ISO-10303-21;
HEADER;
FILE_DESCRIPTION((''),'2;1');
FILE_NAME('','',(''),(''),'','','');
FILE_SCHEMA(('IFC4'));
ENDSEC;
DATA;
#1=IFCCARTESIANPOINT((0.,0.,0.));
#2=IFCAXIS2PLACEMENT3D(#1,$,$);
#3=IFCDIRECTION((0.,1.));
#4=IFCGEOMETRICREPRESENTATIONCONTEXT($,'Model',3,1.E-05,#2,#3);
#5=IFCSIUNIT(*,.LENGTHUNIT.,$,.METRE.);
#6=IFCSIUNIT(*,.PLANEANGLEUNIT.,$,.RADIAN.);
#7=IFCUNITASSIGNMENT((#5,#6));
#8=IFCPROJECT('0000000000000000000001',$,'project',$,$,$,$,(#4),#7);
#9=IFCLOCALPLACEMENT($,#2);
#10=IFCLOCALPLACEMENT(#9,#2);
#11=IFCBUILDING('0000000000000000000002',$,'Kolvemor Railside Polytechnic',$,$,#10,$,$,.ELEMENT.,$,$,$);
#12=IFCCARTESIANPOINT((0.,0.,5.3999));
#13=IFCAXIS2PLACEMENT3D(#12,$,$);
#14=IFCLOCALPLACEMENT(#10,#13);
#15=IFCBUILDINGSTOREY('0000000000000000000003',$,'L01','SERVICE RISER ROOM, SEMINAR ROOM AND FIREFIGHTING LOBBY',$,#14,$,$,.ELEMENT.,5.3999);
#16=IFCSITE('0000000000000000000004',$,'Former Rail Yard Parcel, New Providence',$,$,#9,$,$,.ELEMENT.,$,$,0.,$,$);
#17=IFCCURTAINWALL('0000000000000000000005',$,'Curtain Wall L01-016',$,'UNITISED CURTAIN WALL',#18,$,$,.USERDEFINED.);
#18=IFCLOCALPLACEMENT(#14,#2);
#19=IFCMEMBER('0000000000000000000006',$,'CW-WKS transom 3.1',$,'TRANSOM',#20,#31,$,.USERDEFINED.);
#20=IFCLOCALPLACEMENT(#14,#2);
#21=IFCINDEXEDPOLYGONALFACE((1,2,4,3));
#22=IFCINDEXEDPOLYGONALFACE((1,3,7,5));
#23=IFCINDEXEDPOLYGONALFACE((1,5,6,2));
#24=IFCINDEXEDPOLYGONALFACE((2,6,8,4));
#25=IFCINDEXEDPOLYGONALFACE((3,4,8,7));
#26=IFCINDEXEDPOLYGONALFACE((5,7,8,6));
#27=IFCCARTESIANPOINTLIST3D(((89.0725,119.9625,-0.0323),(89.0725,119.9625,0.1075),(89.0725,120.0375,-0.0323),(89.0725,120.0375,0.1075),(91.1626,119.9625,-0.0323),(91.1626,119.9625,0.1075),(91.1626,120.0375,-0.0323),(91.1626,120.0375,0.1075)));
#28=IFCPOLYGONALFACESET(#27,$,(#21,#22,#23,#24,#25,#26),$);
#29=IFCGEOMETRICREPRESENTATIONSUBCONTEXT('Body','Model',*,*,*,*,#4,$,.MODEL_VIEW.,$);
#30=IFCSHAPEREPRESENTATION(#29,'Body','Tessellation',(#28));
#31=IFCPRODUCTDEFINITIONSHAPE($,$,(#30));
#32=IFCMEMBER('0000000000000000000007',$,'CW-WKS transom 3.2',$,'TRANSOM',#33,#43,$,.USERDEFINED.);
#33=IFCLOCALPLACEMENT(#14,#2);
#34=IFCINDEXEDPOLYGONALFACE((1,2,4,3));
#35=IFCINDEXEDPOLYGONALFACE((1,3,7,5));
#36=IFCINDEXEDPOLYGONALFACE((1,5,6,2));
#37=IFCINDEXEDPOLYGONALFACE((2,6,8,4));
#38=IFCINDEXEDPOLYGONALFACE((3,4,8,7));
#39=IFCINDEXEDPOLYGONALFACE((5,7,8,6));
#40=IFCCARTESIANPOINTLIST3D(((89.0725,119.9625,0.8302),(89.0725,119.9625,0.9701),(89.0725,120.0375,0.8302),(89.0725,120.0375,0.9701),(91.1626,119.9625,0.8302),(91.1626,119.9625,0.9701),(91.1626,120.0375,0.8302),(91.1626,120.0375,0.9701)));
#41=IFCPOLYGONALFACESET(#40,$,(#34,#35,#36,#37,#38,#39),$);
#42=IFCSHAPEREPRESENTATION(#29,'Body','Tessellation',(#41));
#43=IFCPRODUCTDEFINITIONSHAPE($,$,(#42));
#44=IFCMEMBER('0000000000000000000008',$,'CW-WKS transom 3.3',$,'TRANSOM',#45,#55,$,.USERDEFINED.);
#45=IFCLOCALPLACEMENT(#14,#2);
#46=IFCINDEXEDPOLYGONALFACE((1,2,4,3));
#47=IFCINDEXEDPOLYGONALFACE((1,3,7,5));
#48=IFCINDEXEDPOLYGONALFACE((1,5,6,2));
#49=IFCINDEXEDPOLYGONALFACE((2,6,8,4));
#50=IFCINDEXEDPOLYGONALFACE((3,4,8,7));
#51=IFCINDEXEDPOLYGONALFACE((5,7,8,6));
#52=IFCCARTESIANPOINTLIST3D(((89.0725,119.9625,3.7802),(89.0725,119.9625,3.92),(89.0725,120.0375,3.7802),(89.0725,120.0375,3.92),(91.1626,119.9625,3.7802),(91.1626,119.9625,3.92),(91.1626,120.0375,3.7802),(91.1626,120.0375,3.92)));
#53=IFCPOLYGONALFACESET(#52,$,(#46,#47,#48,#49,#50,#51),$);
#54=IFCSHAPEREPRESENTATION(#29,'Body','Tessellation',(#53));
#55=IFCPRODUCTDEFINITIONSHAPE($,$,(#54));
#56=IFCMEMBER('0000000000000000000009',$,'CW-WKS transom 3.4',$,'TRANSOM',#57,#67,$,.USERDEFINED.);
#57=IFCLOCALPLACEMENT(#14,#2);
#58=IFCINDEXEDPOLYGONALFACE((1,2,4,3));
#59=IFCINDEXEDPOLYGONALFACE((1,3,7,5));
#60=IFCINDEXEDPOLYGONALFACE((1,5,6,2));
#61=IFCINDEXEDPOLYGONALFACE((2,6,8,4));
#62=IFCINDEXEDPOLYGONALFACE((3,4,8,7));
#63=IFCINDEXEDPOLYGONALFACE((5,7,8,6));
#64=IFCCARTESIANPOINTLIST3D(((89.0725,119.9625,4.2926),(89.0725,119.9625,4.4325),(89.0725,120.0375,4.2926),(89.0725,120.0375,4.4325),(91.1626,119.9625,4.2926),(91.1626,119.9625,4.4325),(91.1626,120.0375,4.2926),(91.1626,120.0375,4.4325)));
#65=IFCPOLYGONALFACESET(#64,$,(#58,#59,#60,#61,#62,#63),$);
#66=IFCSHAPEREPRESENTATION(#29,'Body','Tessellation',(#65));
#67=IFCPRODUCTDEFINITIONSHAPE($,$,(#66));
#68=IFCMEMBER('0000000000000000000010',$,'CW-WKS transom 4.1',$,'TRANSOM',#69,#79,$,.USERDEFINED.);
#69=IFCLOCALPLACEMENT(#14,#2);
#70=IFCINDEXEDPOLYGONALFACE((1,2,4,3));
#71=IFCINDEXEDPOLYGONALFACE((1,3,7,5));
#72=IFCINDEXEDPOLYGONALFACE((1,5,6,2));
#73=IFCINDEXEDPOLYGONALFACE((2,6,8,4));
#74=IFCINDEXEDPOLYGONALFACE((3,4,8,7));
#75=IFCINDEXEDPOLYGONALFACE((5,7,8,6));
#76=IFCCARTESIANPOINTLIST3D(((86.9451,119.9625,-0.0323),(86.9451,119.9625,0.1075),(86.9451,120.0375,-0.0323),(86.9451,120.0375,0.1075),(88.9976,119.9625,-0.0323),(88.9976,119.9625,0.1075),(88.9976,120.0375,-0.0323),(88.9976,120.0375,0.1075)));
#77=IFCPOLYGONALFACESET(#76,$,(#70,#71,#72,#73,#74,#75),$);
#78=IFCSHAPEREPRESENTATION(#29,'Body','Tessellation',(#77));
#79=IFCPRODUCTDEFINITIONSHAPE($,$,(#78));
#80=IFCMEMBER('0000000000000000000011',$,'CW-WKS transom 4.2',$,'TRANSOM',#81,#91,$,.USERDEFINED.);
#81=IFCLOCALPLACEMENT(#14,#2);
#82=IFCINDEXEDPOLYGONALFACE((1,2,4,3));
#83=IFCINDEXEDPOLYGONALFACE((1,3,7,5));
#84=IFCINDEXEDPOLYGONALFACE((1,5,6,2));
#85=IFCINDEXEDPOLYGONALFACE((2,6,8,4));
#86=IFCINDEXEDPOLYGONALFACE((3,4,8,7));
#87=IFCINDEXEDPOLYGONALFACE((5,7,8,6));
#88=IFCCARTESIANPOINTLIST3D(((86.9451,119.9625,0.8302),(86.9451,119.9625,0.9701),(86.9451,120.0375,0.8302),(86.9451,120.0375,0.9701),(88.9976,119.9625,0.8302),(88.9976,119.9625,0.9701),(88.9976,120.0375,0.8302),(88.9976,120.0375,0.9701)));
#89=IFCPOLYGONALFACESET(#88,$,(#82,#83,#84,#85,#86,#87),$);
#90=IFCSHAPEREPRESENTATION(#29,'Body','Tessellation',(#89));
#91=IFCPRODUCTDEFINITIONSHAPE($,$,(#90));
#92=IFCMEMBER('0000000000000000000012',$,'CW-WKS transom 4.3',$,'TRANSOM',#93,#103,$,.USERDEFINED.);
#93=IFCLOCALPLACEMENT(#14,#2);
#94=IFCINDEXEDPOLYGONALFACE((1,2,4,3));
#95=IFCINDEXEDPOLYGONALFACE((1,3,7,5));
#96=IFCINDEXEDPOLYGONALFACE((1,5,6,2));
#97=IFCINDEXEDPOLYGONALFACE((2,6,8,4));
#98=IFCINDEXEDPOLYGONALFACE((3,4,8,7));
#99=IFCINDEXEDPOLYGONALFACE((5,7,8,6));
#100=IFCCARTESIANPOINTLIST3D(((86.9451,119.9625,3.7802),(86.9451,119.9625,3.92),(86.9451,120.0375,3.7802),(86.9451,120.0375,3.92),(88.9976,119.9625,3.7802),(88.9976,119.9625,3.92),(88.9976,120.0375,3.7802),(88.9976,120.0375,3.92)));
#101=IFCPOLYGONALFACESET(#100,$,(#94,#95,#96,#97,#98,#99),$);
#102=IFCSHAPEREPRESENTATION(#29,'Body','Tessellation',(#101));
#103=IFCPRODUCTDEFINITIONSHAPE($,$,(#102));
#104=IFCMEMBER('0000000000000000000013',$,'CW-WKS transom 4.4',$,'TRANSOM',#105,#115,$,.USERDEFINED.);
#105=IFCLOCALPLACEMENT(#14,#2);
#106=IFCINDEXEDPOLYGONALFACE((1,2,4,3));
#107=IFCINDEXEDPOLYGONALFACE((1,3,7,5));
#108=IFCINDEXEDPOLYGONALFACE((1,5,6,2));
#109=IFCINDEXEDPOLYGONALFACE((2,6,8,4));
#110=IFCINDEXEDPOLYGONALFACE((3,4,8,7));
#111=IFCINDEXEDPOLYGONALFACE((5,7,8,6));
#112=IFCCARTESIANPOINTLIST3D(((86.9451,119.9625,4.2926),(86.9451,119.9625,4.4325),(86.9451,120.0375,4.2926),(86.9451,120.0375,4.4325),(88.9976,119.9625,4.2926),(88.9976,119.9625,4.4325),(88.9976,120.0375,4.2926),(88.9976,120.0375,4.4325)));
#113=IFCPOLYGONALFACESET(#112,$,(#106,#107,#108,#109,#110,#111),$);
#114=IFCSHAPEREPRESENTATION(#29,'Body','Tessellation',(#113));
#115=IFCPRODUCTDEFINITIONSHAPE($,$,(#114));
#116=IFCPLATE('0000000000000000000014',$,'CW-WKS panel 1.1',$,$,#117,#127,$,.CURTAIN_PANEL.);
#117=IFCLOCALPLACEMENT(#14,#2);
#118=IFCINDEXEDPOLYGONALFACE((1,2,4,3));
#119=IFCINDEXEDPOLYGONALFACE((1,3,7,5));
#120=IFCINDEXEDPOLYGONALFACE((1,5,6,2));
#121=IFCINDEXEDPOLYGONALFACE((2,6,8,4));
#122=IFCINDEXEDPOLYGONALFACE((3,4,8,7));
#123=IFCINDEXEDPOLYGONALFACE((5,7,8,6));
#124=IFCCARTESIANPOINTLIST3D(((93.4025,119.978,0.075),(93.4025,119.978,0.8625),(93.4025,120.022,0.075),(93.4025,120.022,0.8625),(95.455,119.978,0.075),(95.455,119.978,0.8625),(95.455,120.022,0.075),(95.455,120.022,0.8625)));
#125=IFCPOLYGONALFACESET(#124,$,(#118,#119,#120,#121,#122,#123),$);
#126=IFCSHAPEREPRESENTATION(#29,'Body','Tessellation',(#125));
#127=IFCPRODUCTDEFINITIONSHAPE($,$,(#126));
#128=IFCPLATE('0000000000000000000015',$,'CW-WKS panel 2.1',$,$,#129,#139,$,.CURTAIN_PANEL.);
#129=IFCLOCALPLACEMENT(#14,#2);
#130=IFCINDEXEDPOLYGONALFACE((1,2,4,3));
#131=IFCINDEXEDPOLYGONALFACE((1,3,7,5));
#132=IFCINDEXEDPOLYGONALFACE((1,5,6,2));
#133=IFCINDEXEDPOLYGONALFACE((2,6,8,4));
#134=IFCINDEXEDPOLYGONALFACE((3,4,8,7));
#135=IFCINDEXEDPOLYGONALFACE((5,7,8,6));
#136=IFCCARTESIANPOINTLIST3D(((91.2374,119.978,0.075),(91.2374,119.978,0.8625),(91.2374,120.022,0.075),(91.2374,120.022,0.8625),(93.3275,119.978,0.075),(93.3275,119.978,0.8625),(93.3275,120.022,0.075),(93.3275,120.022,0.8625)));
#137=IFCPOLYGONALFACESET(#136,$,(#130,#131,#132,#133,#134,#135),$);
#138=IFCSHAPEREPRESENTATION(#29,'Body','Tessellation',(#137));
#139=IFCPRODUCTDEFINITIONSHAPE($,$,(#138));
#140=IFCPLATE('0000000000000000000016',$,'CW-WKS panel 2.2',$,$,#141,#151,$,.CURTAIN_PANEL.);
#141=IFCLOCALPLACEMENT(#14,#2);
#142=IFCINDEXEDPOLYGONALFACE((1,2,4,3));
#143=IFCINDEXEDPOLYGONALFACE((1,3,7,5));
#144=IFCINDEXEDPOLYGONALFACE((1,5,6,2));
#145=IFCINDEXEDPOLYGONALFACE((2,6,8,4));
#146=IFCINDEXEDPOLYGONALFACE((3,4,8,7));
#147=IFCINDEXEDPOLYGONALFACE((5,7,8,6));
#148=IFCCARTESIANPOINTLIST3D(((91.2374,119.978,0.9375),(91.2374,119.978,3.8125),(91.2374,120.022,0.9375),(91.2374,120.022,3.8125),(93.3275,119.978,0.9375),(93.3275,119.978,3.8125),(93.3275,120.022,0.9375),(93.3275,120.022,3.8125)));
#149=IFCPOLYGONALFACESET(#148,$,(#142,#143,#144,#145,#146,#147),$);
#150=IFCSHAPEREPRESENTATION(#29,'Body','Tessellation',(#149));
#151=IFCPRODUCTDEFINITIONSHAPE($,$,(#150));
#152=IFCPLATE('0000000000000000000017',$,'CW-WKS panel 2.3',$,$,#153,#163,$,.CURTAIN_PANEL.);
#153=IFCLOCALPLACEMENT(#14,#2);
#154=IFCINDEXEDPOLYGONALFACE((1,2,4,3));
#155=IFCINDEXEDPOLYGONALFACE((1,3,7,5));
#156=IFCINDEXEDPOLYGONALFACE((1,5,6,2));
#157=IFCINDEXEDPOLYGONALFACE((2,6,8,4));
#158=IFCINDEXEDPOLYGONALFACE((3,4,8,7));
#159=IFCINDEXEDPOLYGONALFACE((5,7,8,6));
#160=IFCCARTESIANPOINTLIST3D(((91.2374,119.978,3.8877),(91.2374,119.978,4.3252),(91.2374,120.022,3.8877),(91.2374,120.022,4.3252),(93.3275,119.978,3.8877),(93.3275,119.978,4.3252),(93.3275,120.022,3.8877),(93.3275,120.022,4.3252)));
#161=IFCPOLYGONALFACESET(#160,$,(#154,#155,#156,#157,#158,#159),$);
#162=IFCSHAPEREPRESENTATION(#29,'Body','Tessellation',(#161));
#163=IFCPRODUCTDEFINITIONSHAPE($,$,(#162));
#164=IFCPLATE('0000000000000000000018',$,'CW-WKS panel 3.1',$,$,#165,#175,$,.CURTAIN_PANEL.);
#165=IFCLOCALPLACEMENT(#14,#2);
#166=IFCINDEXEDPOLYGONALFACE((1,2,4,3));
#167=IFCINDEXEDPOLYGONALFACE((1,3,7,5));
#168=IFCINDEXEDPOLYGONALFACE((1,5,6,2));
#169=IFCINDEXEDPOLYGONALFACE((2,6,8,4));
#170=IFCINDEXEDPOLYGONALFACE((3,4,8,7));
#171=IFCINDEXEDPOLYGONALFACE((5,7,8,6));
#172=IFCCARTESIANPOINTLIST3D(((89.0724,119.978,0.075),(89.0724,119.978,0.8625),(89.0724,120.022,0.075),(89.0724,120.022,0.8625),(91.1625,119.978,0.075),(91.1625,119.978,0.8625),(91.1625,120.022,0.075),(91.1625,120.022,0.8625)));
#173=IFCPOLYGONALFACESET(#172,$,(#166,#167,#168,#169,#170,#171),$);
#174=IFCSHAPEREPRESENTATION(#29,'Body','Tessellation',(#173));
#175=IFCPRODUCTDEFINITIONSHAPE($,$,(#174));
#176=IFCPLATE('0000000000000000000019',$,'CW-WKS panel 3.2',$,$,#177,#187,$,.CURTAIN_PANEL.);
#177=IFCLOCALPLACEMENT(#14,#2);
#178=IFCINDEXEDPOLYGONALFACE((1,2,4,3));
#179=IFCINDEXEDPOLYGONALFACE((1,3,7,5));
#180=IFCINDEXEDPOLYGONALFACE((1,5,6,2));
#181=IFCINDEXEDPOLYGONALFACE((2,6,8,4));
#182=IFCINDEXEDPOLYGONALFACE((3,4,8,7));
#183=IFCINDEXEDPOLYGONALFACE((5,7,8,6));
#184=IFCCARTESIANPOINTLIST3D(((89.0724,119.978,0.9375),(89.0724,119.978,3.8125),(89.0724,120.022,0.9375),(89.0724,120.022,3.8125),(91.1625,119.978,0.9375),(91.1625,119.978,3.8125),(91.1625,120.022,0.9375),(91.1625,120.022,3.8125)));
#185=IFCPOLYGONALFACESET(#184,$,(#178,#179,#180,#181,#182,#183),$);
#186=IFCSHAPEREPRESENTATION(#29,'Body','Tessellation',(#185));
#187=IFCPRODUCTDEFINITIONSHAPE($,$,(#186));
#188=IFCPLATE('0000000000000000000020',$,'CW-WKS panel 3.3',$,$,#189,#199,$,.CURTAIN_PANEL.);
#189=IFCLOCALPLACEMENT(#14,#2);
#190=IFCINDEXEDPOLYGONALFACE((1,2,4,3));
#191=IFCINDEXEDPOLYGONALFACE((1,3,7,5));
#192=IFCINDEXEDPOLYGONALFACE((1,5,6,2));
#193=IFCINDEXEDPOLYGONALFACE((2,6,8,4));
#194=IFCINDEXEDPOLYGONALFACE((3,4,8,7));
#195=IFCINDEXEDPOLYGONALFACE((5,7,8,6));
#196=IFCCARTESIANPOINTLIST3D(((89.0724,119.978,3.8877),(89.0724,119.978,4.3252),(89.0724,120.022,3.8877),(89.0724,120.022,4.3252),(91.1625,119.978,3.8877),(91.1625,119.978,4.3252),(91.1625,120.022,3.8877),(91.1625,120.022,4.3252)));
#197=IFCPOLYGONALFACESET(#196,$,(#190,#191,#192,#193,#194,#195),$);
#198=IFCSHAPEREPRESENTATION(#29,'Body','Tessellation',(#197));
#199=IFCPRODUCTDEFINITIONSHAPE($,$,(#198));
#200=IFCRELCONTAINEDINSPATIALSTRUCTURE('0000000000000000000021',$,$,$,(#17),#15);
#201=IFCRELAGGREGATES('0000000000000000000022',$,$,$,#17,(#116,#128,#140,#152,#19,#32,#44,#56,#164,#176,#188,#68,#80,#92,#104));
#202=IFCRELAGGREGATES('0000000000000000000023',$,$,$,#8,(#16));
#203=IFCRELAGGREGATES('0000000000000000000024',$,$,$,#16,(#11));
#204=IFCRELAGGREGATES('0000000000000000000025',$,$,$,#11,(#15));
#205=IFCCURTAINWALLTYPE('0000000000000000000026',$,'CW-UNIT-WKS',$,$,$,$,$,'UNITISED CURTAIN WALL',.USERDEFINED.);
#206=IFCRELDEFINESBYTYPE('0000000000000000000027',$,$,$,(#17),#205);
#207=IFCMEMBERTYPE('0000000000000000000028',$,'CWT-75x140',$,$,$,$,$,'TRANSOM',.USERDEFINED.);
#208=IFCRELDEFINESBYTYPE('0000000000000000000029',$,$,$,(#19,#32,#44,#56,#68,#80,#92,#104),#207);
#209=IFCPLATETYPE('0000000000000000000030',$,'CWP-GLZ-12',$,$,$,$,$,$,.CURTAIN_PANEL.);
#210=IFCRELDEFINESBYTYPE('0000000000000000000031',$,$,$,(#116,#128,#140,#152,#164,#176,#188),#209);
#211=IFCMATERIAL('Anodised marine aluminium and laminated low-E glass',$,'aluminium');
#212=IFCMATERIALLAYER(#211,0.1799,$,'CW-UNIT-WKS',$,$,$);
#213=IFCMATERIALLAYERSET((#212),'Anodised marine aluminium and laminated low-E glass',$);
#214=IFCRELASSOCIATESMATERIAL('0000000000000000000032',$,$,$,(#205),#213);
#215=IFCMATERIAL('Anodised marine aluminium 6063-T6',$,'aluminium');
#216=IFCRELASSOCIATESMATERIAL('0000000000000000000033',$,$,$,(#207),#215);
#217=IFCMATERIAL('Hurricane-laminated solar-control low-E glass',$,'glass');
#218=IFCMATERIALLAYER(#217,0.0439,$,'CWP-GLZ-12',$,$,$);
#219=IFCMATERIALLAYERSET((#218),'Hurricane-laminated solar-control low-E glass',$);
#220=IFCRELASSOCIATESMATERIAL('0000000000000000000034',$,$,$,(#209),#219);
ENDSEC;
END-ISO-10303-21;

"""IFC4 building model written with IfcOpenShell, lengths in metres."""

from ifc_helpers import new_model, si_unit, direction, frame, origin, origin_2d, place, context, subcontext, project, spatial, rectangle, extrude, material, layer, layer_set, material_profile, profile_set, type_object, element, aggregate, save


model = new_model("IFC4")

# Units and contexts
model_context = context("Model", 3, precision=1e-05, world=origin(), true_north=direction((0.0, 1.0)))
body_context = subcontext(model_context, "Body", "Model", "MODEL_VIEW")
ifc_project = project(units=[si_unit("LENGTHUNIT", "METRE"), si_unit("PLANEANGLEUNIT", "RADIAN")], contexts=[model_context])

# Site, building, storey
site_placement = place(None, origin())
site = spatial("IfcSite", under=ifc_project, at=site_placement, Name="Former Rail Yard Parcel, New Providence", CompositionType="ELEMENT", RefElevation=0.0)
building_placement = place(site_placement, origin())
building = spatial("IfcBuilding", under=site, at=building_placement, Name="Kolvemor Railside Polytechnic", CompositionType="ELEMENT")
storey_placement = place(building_placement, frame((0.0, 0.0, 5.3999)))
storey = spatial("IfcBuildingStorey", under=building, at=storey_placement, Name="L01", Description="SERVICE RISER ROOM, SEMINAR ROOM AND FIREFIGHTING LOBBY", CompositionType="ELEMENT", Elevation=5.3999)

# Shared definitions
ifc_material_1 = material(Name="Anodised marine aluminium and laminated low-E glass", Category="aluminium")
ifc_layer_1 = layer(ifc_material_1, 0.1799, Name="CW-UNIT-WKS")
ifc_layer_set_1 = layer_set([ifc_layer_1], Name="Anodised marine aluminium and laminated low-E glass")
curtain_wall_type = type_object("IfcCurtainWallType", Name="CW-UNIT-WKS", ElementType="UNITISED CURTAIN WALL", PredefinedType="USERDEFINED", material=ifc_layer_set_1)

# Curtain wall, members, plates
curtain_wall_1_placement = place(storey_placement, origin())
curtain_wall_1 = element("IfcCurtainWall", 1, at=curtain_wall_1_placement, inside=storey, type_object=curtain_wall_type, Name="Curtain Wall L01-016", ObjectType="UNITISED CURTAIN WALL", PredefinedType="USERDEFINED")
ifc_material_2 = material(Name="Anodised marine aluminium 6063-T6", Category="aluminium")
ifc_material_profile_1 = material_profile(ifc_material_2, rectangle(XDim=0.075, YDim=0.1399, at=origin_2d()), Name="CW-TRN-75x140")
ifc_profile_set_1 = profile_set([ifc_material_profile_1], Name="Anodised marine aluminium 6063-T6")
member_type_1 = type_object("IfcMemberType", Name="CWT-75x140", ElementType="TRANSOM", PredefinedType="USERDEFINED", material=ifc_profile_set_1)
member_1_placement = place(storey_placement, frame((91.1626, 120.0, 0.0376), z_axis=(-1.0, 0.0, 0.0), x_axis=(0.0, -1.0, 0.0)))
member_1 = element("IfcMember", 2, at=member_1_placement, type_object=member_type_1, Name="CW-WKS transom 3.1", ObjectType="TRANSOM", PredefinedType="USERDEFINED", context=body_context, shape_type="SweptSolid", body=[
    extrude(rectangle(XDim=0.075, YDim=0.1399, at=origin_2d()), origin(), (0.0, 0.0, 1.0), 2.0901),
])
member_2_placement = place(storey_placement, frame((91.1626, 120.0, 0.9001), z_axis=(-1.0, 0.0, 0.0), x_axis=(0.0, -1.0, 0.0)))
member_2 = element("IfcMember", 3, at=member_2_placement, type_object=member_type_1, Name="CW-WKS transom 3.2", ObjectType="TRANSOM", PredefinedType="USERDEFINED", context=body_context, shape_type="SweptSolid", body=[
    extrude(rectangle(XDim=0.075, YDim=0.1399, at=origin_2d()), origin(), (0.0, 0.0, 1.0), 2.0901),
])
member_3_placement = place(storey_placement, frame((91.1626, 120.0, 3.8501), z_axis=(-1.0, 0.0, 0.0), x_axis=(0.0, -1.0, 0.0)))
member_3 = element("IfcMember", 4, at=member_3_placement, type_object=member_type_1, Name="CW-WKS transom 3.3", ObjectType="TRANSOM", PredefinedType="USERDEFINED", context=body_context, shape_type="SweptSolid", body=[
    extrude(rectangle(XDim=0.075, YDim=0.1399, at=origin_2d()), origin(), (0.0, 0.0, 1.0), 2.0901),
])
member_4_placement = place(storey_placement, frame((91.1626, 120.0, 4.3625), z_axis=(-1.0, 0.0, 0.0), x_axis=(0.0, -1.0, 0.0)))
member_4 = element("IfcMember", 5, at=member_4_placement, type_object=member_type_1, Name="CW-WKS transom 3.4", ObjectType="TRANSOM", PredefinedType="USERDEFINED", context=body_context, shape_type="SweptSolid", body=[
    extrude(rectangle(XDim=0.075, YDim=0.1399, at=origin_2d()), origin(), (0.0, 0.0, 1.0), 2.0901),
])
member_5_placement = place(storey_placement, frame((88.9976, 120.0, 0.0376), z_axis=(-1.0, 0.0, 0.0), x_axis=(0.0, -1.0, 0.0)))
member_5 = element("IfcMember", 6, at=member_5_placement, type_object=member_type_1, Name="CW-WKS transom 4.1", ObjectType="TRANSOM", PredefinedType="USERDEFINED", context=body_context, shape_type="SweptSolid", body=[
    extrude(rectangle(XDim=0.075, YDim=0.1399, at=origin_2d()), origin(), (0.0, 0.0, 1.0), 2.0525),
])
member_6_placement = place(storey_placement, frame((88.9976, 120.0, 0.9001), z_axis=(-1.0, 0.0, 0.0), x_axis=(0.0, -1.0, 0.0)))
member_6 = element("IfcMember", 7, at=member_6_placement, type_object=member_type_1, Name="CW-WKS transom 4.2", ObjectType="TRANSOM", PredefinedType="USERDEFINED", context=body_context, shape_type="SweptSolid", body=[
    extrude(rectangle(XDim=0.075, YDim=0.1399, at=origin_2d()), origin(), (0.0, 0.0, 1.0), 2.0525),
])
member_7_placement = place(storey_placement, frame((88.9976, 120.0, 3.8501), z_axis=(-1.0, 0.0, 0.0), x_axis=(0.0, -1.0, 0.0)))
member_7 = element("IfcMember", 8, at=member_7_placement, type_object=member_type_1, Name="CW-WKS transom 4.3", ObjectType="TRANSOM", PredefinedType="USERDEFINED", context=body_context, shape_type="SweptSolid", body=[
    extrude(rectangle(XDim=0.075, YDim=0.1399, at=origin_2d()), origin(), (0.0, 0.0, 1.0), 2.0525),
])
member_8_placement = place(storey_placement, frame((88.9976, 120.0, 4.3625), z_axis=(-1.0, 0.0, 0.0), x_axis=(0.0, -1.0, 0.0)))
member_8 = element("IfcMember", 9, at=member_8_placement, type_object=member_type_1, Name="CW-WKS transom 4.4", ObjectType="TRANSOM", PredefinedType="USERDEFINED", context=body_context, shape_type="SweptSolid", body=[
    extrude(rectangle(XDim=0.075, YDim=0.1399, at=origin_2d()), origin(), (0.0, 0.0, 1.0), 2.0525),
])
ifc_material_3 = material(Name="Hurricane-laminated solar-control low-E glass", Category="glass")
ifc_layer_2 = layer(ifc_material_3, 0.0439, Name="CWP-GLZ-12")
ifc_layer_set_2 = layer_set([ifc_layer_2], Name="Hurricane-laminated solar-control low-E glass")
plate_type = type_object("IfcPlateType", Name="CWP-GLZ-12", PredefinedType="CURTAIN_PANEL", material=ifc_layer_set_2)
plate_1_placement = place(storey_placement, frame((94.4287, 120.0, 0.075), z_axis=(0.0, 0.0, 1.0), x_axis=(-1.0, 0.0, 0.0)))
plate_1 = element("IfcPlate", 10, at=plate_1_placement, type_object=plate_type, Name="CW-WKS panel 1.1", PredefinedType="CURTAIN_PANEL", context=body_context, shape_type="SweptSolid", body=[
    extrude(rectangle(XDim=2.0525, YDim=0.0439, at=origin_2d()), origin(), (0.0, 0.0, 1.0), 0.7876),
])
plate_2_placement = place(storey_placement, frame((92.2825, 120.0, 0.075), z_axis=(0.0, 0.0, 1.0), x_axis=(-1.0, 0.0, 0.0)))
plate_2 = element("IfcPlate", 11, at=plate_2_placement, type_object=plate_type, Name="CW-WKS panel 2.1", PredefinedType="CURTAIN_PANEL", context=body_context, shape_type="SweptSolid", body=[
    extrude(rectangle(XDim=2.0901, YDim=0.0439, at=origin_2d()), origin(), (0.0, 0.0, 1.0), 0.7876),
])
plate_3_placement = place(storey_placement, frame((92.2825, 120.0, 0.9375), z_axis=(0.0, 0.0, 1.0), x_axis=(-1.0, 0.0, 0.0)))
plate_3 = element("IfcPlate", 12, at=plate_3_placement, type_object=plate_type, Name="CW-WKS panel 2.2", PredefinedType="CURTAIN_PANEL", context=body_context, shape_type="SweptSolid", body=[
    extrude(rectangle(XDim=2.0901, YDim=0.0439, at=origin_2d()), origin(), (0.0, 0.0, 1.0), 2.875),
])
plate_4_placement = place(storey_placement, frame((92.2825, 120.0, 3.8877), z_axis=(0.0, 0.0, 1.0), x_axis=(-1.0, 0.0, 0.0)))
plate_4 = element("IfcPlate", 13, at=plate_4_placement, type_object=plate_type, Name="CW-WKS panel 2.3", PredefinedType="CURTAIN_PANEL", context=body_context, shape_type="SweptSolid", body=[
    extrude(rectangle(XDim=2.0901, YDim=0.0439, at=origin_2d()), origin(), (0.0, 0.0, 1.0), 0.4375),
])
plate_5_placement = place(storey_placement, frame((90.1174, 120.0, 0.075), z_axis=(0.0, 0.0, 1.0), x_axis=(-1.0, 0.0, 0.0)))
plate_5 = element("IfcPlate", 14, at=plate_5_placement, type_object=plate_type, Name="CW-WKS panel 3.1", PredefinedType="CURTAIN_PANEL", context=body_context, shape_type="SweptSolid", body=[
    extrude(rectangle(XDim=2.0901, YDim=0.0439, at=origin_2d()), origin(), (0.0, 0.0, 1.0), 0.7876),
])
plate_6_placement = place(storey_placement, frame((90.1174, 120.0, 0.9375), z_axis=(0.0, 0.0, 1.0), x_axis=(-1.0, 0.0, 0.0)))
plate_6 = element("IfcPlate", 15, at=plate_6_placement, type_object=plate_type, Name="CW-WKS panel 3.2", PredefinedType="CURTAIN_PANEL", context=body_context, shape_type="SweptSolid", body=[
    extrude(rectangle(XDim=2.0901, YDim=0.0439, at=origin_2d()), origin(), (0.0, 0.0, 1.0), 2.875),
])
plate_7_placement = place(storey_placement, frame((90.1174, 120.0, 3.8877), z_axis=(0.0, 0.0, 1.0), x_axis=(-1.0, 0.0, 0.0)))
plate_7 = element("IfcPlate", 16, at=plate_7_placement, type_object=plate_type, Name="CW-WKS panel 3.3", PredefinedType="CURTAIN_PANEL", context=body_context, shape_type="SweptSolid", body=[
    extrude(rectangle(XDim=2.0901, YDim=0.0439, at=origin_2d()), origin(), (0.0, 0.0, 1.0), 0.4375),
])
aggregate(curtain_wall_1, [plate_1, plate_2, plate_3, plate_4, member_1, member_2, member_3, member_4, plate_5, plate_6, plate_7, member_5, member_6, member_7, member_8])

save(model, "model.ifc")
